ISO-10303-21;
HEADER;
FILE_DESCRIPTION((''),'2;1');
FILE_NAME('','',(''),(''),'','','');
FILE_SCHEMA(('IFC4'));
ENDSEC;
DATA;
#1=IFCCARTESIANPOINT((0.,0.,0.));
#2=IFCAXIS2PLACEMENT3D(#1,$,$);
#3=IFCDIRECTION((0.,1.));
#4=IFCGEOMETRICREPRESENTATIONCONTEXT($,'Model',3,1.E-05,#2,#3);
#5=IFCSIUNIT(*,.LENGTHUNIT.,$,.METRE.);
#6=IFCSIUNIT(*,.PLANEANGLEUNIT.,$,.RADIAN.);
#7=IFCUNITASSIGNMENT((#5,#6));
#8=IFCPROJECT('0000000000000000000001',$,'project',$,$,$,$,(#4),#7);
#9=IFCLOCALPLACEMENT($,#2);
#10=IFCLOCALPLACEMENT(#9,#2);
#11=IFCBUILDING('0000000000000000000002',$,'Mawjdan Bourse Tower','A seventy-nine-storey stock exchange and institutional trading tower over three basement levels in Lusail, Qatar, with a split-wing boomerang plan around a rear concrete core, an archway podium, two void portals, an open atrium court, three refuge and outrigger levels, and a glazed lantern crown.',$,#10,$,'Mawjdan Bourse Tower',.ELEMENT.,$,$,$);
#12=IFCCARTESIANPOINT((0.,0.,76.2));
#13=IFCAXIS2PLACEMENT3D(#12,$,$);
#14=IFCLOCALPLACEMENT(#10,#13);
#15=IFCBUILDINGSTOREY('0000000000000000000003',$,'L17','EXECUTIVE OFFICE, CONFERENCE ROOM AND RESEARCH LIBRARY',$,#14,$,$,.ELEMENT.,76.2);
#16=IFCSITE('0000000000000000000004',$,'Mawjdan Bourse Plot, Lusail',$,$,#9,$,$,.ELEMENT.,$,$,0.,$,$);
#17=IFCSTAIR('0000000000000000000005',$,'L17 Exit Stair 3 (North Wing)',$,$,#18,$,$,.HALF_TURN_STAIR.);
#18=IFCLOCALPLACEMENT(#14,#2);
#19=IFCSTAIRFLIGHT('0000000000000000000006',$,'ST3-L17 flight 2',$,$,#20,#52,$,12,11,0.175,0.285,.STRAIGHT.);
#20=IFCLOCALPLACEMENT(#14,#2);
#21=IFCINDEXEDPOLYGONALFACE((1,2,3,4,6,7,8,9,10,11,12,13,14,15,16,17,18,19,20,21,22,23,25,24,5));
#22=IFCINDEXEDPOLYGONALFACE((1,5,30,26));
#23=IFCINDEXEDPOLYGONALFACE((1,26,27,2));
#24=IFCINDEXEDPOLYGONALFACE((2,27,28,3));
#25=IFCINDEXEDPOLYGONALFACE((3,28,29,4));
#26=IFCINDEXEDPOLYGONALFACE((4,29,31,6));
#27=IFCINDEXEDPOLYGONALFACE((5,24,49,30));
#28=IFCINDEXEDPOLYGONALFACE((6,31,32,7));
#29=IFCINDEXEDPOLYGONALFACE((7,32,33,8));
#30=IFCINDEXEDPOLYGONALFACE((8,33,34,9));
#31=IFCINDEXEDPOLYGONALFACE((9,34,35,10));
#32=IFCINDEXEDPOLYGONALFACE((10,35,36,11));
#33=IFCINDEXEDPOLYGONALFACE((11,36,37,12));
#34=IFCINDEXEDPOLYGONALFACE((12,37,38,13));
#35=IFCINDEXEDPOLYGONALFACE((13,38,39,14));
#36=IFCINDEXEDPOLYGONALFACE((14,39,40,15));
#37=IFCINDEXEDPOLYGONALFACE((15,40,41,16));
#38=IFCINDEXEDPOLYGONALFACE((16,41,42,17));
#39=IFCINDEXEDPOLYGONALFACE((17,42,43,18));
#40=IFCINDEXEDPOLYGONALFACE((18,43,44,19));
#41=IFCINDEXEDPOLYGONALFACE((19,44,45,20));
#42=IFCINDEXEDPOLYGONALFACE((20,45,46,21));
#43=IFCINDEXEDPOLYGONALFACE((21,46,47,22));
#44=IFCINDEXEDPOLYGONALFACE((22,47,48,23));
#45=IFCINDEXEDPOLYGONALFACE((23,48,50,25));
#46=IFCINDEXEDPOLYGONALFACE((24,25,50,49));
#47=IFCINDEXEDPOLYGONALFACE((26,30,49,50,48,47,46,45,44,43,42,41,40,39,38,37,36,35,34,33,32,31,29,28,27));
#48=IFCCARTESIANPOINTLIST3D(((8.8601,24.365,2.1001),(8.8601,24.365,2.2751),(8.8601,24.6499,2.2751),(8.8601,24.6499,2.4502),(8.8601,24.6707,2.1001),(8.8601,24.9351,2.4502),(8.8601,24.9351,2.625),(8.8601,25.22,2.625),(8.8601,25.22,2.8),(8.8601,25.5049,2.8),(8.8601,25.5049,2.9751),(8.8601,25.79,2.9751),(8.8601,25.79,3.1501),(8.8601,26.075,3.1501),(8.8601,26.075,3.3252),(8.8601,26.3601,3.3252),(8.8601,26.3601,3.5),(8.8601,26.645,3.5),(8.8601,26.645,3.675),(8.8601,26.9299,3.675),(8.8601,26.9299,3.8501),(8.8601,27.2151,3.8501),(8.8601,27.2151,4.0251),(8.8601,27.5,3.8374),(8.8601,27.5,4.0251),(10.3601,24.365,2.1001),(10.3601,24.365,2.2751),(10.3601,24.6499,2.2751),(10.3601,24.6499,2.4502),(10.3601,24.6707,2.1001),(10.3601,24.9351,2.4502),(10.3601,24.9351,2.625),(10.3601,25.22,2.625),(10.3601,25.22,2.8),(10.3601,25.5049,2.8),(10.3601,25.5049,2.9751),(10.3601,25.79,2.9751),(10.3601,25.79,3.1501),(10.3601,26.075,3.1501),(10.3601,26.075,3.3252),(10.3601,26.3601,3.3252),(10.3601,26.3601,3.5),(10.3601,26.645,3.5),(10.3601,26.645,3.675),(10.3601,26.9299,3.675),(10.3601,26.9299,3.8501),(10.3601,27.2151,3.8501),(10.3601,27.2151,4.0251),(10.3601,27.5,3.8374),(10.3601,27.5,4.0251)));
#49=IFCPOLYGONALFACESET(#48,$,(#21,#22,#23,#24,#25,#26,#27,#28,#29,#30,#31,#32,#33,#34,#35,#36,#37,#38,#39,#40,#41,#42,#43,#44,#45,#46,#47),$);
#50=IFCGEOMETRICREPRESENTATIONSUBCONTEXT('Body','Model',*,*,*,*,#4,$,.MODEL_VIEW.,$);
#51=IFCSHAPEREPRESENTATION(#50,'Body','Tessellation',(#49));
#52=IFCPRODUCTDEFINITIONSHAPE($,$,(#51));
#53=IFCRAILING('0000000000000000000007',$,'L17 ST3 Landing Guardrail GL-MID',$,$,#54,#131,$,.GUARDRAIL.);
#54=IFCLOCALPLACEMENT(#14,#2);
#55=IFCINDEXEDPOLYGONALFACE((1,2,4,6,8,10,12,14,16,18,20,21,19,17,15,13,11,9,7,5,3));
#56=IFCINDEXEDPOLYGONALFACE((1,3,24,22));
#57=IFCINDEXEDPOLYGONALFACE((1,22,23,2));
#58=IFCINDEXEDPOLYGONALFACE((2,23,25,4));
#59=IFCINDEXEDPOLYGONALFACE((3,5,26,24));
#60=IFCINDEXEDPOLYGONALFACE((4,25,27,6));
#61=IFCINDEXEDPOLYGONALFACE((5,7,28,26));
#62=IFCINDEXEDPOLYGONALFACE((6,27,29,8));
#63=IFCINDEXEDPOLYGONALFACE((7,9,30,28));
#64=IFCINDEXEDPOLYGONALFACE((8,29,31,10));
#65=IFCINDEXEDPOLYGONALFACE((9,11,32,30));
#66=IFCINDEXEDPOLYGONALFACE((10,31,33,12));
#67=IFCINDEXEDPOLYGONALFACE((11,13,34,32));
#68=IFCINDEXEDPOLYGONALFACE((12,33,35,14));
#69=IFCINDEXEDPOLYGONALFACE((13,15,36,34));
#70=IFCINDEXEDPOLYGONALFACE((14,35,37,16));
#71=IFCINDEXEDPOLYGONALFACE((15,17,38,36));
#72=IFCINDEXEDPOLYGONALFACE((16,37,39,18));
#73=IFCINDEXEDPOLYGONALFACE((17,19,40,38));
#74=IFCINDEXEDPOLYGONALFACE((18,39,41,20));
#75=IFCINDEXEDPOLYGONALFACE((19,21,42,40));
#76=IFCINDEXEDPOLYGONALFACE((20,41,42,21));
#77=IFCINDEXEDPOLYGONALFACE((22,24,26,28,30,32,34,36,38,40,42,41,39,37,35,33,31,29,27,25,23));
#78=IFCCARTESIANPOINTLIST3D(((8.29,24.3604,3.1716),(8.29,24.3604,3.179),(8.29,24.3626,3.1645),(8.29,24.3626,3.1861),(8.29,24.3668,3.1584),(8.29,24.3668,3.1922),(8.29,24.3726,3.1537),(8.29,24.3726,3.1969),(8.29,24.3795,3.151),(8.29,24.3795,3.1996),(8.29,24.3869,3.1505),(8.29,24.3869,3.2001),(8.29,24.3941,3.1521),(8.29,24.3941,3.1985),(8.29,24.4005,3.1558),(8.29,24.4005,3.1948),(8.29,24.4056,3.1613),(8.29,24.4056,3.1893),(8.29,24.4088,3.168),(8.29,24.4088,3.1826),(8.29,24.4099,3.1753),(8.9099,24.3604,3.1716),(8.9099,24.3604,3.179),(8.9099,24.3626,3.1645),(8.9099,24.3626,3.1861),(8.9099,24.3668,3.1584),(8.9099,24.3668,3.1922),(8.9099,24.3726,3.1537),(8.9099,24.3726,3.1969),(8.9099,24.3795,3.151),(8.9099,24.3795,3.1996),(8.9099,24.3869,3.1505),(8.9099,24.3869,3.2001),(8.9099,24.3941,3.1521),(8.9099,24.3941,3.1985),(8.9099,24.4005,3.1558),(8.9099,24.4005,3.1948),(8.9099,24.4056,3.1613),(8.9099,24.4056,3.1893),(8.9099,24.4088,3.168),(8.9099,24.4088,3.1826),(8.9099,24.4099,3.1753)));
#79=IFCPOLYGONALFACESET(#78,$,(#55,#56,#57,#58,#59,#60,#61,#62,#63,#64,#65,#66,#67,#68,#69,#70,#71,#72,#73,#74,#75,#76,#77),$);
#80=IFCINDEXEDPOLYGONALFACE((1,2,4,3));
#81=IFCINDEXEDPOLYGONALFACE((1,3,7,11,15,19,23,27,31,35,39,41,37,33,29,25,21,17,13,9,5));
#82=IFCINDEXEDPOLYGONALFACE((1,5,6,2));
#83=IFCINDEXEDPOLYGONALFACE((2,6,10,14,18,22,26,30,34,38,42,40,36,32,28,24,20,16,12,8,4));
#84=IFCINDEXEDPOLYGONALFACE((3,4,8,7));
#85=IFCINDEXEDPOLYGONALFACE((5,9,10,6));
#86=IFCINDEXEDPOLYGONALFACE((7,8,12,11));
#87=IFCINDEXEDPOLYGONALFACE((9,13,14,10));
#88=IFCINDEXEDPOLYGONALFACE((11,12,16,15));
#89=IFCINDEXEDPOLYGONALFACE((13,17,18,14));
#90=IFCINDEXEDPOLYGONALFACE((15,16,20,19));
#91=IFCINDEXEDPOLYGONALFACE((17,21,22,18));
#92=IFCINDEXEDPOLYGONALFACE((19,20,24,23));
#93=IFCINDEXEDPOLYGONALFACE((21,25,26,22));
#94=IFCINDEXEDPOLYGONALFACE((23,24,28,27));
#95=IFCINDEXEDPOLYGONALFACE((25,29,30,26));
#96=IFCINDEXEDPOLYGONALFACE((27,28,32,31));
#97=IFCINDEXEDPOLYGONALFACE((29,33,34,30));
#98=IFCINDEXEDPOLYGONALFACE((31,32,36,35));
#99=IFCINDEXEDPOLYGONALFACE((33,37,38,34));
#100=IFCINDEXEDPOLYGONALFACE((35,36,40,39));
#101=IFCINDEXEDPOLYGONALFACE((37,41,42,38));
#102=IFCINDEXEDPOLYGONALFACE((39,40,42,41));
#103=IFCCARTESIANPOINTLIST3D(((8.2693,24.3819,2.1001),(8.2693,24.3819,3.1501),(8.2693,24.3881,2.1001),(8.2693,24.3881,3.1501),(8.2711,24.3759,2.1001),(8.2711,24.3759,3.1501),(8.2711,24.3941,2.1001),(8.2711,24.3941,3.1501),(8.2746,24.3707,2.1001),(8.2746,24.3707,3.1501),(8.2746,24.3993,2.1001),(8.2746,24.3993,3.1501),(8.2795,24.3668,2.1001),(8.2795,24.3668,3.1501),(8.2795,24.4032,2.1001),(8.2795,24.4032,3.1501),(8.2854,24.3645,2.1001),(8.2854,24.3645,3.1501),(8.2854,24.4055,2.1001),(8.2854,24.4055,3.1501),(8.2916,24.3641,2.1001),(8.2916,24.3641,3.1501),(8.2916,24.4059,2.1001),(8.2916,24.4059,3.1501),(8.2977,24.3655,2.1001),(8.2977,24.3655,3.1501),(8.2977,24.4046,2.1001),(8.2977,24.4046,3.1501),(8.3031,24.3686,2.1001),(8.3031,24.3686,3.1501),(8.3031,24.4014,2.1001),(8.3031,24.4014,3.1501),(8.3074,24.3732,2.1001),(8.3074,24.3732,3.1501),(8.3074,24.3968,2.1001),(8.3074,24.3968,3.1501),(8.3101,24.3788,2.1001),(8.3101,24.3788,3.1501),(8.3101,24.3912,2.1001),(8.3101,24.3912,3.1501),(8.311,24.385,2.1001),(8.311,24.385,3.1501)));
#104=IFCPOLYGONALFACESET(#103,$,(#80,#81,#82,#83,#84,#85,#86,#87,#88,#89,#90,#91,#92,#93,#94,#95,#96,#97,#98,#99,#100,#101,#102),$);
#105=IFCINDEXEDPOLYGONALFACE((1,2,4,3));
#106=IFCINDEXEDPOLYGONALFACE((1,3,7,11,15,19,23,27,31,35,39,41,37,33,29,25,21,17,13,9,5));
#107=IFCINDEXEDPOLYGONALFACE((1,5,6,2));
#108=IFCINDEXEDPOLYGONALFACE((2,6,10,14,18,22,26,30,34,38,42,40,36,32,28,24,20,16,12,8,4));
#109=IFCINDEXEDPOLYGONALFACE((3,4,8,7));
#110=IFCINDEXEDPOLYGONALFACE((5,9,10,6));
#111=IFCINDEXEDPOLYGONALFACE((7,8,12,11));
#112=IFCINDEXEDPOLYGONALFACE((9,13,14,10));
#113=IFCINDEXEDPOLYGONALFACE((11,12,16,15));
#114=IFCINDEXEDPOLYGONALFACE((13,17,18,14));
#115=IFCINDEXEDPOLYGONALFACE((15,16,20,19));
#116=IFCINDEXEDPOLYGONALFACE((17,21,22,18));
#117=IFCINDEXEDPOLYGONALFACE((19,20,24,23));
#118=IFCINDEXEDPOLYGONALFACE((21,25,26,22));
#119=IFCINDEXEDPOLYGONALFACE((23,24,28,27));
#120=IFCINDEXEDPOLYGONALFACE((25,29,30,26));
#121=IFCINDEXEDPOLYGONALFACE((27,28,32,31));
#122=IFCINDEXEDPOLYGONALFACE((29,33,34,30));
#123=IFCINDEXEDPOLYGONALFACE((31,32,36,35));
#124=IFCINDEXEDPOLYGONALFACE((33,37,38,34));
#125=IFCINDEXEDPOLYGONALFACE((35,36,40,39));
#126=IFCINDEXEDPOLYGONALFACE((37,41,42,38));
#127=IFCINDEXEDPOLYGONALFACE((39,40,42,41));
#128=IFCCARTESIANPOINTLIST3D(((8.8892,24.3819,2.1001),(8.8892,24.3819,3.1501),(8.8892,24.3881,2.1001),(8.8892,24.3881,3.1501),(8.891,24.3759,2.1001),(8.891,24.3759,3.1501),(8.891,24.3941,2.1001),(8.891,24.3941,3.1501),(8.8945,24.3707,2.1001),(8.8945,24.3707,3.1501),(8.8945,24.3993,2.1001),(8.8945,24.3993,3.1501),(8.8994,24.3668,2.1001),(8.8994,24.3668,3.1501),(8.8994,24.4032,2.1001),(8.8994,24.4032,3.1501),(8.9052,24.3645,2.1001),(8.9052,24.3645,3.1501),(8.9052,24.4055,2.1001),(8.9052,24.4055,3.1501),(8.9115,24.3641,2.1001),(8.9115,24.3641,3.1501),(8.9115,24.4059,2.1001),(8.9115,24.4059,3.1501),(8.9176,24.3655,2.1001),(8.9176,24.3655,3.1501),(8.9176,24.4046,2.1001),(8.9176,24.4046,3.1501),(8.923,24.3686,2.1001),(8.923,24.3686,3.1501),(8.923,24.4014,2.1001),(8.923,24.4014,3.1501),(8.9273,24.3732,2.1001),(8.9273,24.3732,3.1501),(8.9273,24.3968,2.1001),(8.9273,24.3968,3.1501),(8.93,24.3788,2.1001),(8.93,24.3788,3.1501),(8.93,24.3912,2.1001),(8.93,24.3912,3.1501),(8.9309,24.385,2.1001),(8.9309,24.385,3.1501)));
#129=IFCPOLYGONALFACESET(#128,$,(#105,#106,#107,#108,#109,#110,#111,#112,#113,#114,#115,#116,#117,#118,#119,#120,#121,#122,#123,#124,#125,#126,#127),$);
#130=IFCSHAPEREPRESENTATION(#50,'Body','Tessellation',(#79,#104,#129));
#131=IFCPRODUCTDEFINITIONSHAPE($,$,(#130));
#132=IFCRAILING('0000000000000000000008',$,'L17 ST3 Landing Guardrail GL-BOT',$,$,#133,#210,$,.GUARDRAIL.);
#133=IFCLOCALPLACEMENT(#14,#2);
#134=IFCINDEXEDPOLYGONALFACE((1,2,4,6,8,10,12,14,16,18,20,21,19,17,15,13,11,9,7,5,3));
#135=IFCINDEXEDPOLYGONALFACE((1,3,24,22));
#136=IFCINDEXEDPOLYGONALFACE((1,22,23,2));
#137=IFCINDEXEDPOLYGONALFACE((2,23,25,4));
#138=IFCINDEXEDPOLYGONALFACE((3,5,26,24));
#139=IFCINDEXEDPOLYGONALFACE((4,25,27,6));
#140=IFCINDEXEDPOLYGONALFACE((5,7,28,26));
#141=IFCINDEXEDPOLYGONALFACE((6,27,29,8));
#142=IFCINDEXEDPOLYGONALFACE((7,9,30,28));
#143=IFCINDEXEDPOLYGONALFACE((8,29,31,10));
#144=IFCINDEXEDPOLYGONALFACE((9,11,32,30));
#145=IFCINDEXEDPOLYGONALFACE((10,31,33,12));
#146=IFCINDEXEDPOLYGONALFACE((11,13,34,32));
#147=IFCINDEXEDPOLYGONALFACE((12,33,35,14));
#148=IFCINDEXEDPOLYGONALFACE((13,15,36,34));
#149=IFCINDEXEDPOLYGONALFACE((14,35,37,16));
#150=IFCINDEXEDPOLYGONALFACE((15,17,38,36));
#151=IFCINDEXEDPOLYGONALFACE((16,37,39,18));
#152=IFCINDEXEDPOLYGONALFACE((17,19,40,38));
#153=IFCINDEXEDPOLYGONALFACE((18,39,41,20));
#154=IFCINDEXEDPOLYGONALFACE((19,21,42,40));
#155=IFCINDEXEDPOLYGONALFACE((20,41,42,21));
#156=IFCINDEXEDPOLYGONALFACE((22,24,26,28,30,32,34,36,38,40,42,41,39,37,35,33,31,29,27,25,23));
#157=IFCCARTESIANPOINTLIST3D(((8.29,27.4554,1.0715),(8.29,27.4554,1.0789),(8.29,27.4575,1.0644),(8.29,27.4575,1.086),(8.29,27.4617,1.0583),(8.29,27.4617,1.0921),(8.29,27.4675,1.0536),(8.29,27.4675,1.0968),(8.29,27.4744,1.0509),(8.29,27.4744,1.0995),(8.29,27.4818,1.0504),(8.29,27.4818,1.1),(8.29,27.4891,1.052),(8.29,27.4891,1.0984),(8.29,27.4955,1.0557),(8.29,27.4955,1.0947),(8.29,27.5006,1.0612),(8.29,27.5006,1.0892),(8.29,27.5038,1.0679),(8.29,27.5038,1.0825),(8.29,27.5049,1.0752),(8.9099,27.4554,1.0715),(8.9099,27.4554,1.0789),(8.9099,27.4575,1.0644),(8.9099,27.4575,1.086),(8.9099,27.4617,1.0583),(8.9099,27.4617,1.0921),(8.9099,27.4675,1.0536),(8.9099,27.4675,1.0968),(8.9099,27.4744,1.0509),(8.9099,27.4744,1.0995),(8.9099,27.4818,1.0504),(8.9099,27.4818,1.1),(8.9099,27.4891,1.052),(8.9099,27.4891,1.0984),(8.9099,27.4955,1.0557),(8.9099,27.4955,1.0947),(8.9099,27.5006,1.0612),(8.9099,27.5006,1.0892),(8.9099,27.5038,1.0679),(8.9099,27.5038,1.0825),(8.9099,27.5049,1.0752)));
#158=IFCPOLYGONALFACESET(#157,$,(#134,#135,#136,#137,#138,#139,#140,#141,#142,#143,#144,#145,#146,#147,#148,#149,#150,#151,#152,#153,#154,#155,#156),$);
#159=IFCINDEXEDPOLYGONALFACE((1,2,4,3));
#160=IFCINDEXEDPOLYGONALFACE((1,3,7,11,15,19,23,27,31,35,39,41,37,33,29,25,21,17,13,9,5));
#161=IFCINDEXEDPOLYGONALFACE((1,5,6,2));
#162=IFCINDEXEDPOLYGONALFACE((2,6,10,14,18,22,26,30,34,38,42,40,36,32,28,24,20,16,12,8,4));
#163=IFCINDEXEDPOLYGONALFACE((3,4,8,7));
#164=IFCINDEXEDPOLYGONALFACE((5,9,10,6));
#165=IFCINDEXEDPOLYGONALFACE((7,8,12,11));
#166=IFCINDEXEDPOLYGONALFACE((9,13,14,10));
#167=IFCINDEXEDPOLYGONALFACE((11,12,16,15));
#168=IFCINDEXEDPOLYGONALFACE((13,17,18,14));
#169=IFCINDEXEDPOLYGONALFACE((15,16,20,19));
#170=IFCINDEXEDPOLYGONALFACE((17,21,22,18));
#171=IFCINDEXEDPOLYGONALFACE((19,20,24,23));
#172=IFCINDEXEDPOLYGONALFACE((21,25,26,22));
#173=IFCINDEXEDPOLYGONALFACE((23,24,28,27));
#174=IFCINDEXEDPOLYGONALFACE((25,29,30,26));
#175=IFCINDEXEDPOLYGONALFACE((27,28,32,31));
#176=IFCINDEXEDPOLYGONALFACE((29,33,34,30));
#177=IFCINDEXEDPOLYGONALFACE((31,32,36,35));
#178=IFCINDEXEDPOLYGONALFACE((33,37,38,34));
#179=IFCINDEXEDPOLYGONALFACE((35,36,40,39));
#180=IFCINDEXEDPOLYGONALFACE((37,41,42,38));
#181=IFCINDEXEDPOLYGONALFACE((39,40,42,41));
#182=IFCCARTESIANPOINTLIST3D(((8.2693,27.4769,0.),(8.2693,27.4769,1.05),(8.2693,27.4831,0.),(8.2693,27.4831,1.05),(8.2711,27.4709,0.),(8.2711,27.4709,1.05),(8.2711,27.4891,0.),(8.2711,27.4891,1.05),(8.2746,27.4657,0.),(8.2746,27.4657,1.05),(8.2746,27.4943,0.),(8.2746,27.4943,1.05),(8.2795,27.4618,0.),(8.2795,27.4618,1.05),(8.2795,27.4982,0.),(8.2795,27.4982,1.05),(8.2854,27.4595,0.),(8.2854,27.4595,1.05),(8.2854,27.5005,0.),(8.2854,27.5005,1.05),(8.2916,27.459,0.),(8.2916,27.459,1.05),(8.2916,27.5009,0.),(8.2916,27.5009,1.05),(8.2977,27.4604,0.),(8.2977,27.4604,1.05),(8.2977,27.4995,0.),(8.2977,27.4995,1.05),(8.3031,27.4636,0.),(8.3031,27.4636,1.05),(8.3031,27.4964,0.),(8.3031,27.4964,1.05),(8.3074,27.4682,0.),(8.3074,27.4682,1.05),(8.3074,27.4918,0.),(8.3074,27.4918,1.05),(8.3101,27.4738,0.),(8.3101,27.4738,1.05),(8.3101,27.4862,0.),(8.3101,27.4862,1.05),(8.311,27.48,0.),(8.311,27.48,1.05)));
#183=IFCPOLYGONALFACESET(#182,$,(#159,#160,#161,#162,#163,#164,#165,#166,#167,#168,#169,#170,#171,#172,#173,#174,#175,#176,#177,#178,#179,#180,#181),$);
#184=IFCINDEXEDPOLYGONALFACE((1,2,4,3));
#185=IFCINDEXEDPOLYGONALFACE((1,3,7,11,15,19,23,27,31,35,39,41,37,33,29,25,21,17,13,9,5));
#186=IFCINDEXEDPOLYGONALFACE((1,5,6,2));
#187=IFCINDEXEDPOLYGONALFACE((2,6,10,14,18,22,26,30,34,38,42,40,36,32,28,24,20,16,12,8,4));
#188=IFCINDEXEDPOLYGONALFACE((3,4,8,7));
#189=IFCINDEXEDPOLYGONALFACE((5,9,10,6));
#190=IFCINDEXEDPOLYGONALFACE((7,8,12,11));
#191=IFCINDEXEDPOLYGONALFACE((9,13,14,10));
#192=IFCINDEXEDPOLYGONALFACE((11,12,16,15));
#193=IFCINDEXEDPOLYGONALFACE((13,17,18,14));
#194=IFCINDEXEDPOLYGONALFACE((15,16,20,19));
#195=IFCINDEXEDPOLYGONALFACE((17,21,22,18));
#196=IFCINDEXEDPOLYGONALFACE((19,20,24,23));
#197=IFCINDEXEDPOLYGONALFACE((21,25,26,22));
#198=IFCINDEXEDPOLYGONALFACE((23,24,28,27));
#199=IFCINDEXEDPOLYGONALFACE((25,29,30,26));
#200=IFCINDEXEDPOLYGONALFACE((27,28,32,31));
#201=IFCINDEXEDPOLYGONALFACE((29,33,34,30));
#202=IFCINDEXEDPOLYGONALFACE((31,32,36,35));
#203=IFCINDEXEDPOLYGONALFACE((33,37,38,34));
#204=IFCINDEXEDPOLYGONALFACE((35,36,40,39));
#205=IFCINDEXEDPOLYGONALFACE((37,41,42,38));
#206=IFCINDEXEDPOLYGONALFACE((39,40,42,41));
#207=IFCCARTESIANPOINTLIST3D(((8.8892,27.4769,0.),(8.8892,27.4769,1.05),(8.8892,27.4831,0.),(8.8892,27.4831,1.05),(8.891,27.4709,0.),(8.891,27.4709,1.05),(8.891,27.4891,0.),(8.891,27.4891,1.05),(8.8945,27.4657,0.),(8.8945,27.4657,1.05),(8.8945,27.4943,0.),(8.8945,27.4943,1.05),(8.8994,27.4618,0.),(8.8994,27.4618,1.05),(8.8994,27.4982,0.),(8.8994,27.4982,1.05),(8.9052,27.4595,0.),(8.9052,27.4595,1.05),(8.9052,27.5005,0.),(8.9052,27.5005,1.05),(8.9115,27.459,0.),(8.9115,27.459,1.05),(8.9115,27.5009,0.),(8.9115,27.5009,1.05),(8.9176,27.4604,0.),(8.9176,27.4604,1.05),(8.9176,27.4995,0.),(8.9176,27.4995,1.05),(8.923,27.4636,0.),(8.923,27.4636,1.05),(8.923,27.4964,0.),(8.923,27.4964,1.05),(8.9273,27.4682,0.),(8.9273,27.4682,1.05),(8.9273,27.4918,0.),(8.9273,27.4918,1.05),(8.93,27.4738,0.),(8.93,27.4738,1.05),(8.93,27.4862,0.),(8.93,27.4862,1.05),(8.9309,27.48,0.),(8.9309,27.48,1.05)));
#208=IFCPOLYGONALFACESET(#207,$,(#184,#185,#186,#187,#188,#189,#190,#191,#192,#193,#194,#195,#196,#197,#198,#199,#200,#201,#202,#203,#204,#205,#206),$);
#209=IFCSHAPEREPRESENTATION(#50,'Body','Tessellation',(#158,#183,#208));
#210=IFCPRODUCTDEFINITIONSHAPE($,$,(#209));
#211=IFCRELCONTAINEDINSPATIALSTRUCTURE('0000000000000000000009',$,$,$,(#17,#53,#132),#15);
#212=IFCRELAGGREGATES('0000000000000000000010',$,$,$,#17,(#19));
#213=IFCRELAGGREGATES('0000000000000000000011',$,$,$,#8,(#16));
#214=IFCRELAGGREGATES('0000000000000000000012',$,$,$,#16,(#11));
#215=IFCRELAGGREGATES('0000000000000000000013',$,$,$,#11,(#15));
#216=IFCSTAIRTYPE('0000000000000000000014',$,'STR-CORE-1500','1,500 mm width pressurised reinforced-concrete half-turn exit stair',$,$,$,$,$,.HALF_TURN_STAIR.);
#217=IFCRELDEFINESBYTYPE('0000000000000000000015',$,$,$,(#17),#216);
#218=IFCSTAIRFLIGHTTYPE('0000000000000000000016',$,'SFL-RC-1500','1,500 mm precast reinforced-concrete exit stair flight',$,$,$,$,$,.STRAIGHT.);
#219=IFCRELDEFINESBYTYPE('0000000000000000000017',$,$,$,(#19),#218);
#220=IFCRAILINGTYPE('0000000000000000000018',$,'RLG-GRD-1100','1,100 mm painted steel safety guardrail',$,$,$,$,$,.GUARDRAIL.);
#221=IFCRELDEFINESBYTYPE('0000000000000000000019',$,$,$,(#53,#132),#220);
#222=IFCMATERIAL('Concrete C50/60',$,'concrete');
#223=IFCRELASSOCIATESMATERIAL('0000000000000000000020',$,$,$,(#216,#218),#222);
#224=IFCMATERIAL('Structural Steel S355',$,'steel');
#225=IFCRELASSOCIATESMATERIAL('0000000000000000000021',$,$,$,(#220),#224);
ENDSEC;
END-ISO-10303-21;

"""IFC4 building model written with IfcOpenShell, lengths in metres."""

from ifc_helpers import new_model, si_unit, direction, frame, origin, origin_2d, place, context, subcontext, project, spatial, polyline, circle, outline, extrude, material, type_object, element, aggregate, save


model = new_model("IFC4")

# Units and contexts
model_context = context("Model", 3, precision=1e-05, world=origin(), true_north=direction((0.0, 1.0)))
body_context = subcontext(model_context, "Body", "Model", "MODEL_VIEW")
ifc_project = project(units=[si_unit("LENGTHUNIT", "METRE"), si_unit("PLANEANGLEUNIT", "RADIAN")], contexts=[model_context])

# Site, building, storey
site_placement = place(None, origin())
site = spatial("IfcSite", under=ifc_project, at=site_placement, Name="Mawjdan Bourse Plot, Lusail", CompositionType="ELEMENT", RefElevation=0.0)
building_placement = place(site_placement, origin())
building = spatial("IfcBuilding", under=site, at=building_placement, Name="Mawjdan Bourse Tower", Description="A seventy-nine-storey stock exchange and institutional trading tower over three basement levels in Lusail, Qatar, with a split-wing boomerang plan around a rear concrete core, an archway podium, two void portals, an open atrium court, three refuge and outrigger levels, and a glazed lantern crown.", LongName="Mawjdan Bourse Tower", CompositionType="ELEMENT")
storey_placement = place(building_placement, frame((0.0, 0.0, 76.2)))
storey = spatial("IfcBuildingStorey", under=building, at=storey_placement, Name="L17", Description="EXECUTIVE OFFICE, CONFERENCE ROOM AND RESEARCH LIBRARY", CompositionType="ELEMENT", Elevation=76.2)

# Shared definitions
ifc_material_1 = material(Name="Structural Steel S355", Category="steel")

# Shared definitions
ifc_material_2 = material(Name="Concrete C50/60", Category="concrete")

# Stair, stair flight
stair_type = type_object("IfcStairType", Name="STR-CORE-1500", Description="1,500 mm width pressurised reinforced-concrete half-turn exit stair", PredefinedType="HALF_TURN_STAIR", material=ifc_material_2)
stair_placement = place(storey_placement, origin())
stair = element("IfcStair", 1, at=stair_placement, inside=storey, type_object=stair_type, Name="L17 Exit Stair 3 (North Wing)", PredefinedType="HALF_TURN_STAIR")
stair_flight_type = type_object("IfcStairFlightType", Name="SFL-RC-1500", Description="1,500 mm precast reinforced-concrete exit stair flight", PredefinedType="STRAIGHT", material=ifc_material_2)
stair_flight_1_placement = place(storey_placement, frame((9.6101, 24.365, 2.1001), z_axis=(0.0, 0.0, 1.0), x_axis=(0.0, 1.0, 0.0)))
stair_flight_1 = element("IfcStairFlight", 2, at=stair_flight_1_placement, type_object=stair_flight_type, Name="ST3-L17 flight 2", NumberOfRisers=12, NumberOfTreads=11, PredefinedType="STRAIGHT", RiserHeight=0.175, TreadLength=0.285, context=body_context, shape_type="SweptSolid", body=[
    extrude(outline(polyline([(0.0, 0.0), (0.0, 0.175), (0.2849, 0.175), (0.2849, 0.3501), (0.5701, 0.3501), (0.5701, 0.5249), (0.855, 0.5249), (0.855, 0.7), (1.1399, 0.7), (1.1399, 0.875), (1.425, 0.875), (1.425, 1.05), (1.71, 1.05), (1.71, 1.2251), (1.9951, 1.2251), (1.9951, 1.3999), (2.28, 1.3999), (2.28, 1.575), (2.5649, 1.575), (2.5649, 1.75), (2.8501, 1.75), (2.8501, 1.925), (3.135, 1.925), (3.135, 2.1001), (3.135, 1.7373), (0.3057, 0.0), (0.0, 0.0)])), frame((0.0, 0.75, 0.0), z_axis=(0.0, -1.0, 0.0), x_axis=(1.0, 0.0, 0.0)), (0.0, 0.0, 1.0), 1.5),
])
aggregate(stair, [stair_flight_1])

# Railings
railing_type_1 = type_object("IfcRailingType", Name="RLG-GRD-1100", Description="1,100 mm painted steel safety guardrail", PredefinedType="GUARDRAIL", material=ifc_material_1)
for number, where, name in (
    (3, (8.29, 24.385, 2.1001), "L17 ST3 Landing Guardrail GL-MID"),
    (4, (8.29, 27.48, 0.0), "L17 ST3 Landing Guardrail GL-BOT"),
):
    element("IfcRailing", number, at=place(storey_placement, frame(where)), inside=storey, type_object=railing_type_1, Name=name, PredefinedType="GUARDRAIL", context=body_context, shape_type="SweptSolid", body=[
        extrude(circle(Radius=0.0249, at=origin_2d()), frame((0.0, 0.0, 1.0752), z_axis=(1.0, 0.0, 0.0), x_axis=(0.0, 1.0, 0.0)), (0.0, 0.0, 1.0), 0.6199),
        extrude(circle(Radius=0.021, at=origin_2d()), origin(), (0.0, 0.0, 1.0), 1.05),
        extrude(circle(Radius=0.021, at=origin_2d()), frame((0.6199, 0.0, 0.0)), (0.0, 0.0, 1.0), 1.05),
    ])

save(model, "model.ifc")
